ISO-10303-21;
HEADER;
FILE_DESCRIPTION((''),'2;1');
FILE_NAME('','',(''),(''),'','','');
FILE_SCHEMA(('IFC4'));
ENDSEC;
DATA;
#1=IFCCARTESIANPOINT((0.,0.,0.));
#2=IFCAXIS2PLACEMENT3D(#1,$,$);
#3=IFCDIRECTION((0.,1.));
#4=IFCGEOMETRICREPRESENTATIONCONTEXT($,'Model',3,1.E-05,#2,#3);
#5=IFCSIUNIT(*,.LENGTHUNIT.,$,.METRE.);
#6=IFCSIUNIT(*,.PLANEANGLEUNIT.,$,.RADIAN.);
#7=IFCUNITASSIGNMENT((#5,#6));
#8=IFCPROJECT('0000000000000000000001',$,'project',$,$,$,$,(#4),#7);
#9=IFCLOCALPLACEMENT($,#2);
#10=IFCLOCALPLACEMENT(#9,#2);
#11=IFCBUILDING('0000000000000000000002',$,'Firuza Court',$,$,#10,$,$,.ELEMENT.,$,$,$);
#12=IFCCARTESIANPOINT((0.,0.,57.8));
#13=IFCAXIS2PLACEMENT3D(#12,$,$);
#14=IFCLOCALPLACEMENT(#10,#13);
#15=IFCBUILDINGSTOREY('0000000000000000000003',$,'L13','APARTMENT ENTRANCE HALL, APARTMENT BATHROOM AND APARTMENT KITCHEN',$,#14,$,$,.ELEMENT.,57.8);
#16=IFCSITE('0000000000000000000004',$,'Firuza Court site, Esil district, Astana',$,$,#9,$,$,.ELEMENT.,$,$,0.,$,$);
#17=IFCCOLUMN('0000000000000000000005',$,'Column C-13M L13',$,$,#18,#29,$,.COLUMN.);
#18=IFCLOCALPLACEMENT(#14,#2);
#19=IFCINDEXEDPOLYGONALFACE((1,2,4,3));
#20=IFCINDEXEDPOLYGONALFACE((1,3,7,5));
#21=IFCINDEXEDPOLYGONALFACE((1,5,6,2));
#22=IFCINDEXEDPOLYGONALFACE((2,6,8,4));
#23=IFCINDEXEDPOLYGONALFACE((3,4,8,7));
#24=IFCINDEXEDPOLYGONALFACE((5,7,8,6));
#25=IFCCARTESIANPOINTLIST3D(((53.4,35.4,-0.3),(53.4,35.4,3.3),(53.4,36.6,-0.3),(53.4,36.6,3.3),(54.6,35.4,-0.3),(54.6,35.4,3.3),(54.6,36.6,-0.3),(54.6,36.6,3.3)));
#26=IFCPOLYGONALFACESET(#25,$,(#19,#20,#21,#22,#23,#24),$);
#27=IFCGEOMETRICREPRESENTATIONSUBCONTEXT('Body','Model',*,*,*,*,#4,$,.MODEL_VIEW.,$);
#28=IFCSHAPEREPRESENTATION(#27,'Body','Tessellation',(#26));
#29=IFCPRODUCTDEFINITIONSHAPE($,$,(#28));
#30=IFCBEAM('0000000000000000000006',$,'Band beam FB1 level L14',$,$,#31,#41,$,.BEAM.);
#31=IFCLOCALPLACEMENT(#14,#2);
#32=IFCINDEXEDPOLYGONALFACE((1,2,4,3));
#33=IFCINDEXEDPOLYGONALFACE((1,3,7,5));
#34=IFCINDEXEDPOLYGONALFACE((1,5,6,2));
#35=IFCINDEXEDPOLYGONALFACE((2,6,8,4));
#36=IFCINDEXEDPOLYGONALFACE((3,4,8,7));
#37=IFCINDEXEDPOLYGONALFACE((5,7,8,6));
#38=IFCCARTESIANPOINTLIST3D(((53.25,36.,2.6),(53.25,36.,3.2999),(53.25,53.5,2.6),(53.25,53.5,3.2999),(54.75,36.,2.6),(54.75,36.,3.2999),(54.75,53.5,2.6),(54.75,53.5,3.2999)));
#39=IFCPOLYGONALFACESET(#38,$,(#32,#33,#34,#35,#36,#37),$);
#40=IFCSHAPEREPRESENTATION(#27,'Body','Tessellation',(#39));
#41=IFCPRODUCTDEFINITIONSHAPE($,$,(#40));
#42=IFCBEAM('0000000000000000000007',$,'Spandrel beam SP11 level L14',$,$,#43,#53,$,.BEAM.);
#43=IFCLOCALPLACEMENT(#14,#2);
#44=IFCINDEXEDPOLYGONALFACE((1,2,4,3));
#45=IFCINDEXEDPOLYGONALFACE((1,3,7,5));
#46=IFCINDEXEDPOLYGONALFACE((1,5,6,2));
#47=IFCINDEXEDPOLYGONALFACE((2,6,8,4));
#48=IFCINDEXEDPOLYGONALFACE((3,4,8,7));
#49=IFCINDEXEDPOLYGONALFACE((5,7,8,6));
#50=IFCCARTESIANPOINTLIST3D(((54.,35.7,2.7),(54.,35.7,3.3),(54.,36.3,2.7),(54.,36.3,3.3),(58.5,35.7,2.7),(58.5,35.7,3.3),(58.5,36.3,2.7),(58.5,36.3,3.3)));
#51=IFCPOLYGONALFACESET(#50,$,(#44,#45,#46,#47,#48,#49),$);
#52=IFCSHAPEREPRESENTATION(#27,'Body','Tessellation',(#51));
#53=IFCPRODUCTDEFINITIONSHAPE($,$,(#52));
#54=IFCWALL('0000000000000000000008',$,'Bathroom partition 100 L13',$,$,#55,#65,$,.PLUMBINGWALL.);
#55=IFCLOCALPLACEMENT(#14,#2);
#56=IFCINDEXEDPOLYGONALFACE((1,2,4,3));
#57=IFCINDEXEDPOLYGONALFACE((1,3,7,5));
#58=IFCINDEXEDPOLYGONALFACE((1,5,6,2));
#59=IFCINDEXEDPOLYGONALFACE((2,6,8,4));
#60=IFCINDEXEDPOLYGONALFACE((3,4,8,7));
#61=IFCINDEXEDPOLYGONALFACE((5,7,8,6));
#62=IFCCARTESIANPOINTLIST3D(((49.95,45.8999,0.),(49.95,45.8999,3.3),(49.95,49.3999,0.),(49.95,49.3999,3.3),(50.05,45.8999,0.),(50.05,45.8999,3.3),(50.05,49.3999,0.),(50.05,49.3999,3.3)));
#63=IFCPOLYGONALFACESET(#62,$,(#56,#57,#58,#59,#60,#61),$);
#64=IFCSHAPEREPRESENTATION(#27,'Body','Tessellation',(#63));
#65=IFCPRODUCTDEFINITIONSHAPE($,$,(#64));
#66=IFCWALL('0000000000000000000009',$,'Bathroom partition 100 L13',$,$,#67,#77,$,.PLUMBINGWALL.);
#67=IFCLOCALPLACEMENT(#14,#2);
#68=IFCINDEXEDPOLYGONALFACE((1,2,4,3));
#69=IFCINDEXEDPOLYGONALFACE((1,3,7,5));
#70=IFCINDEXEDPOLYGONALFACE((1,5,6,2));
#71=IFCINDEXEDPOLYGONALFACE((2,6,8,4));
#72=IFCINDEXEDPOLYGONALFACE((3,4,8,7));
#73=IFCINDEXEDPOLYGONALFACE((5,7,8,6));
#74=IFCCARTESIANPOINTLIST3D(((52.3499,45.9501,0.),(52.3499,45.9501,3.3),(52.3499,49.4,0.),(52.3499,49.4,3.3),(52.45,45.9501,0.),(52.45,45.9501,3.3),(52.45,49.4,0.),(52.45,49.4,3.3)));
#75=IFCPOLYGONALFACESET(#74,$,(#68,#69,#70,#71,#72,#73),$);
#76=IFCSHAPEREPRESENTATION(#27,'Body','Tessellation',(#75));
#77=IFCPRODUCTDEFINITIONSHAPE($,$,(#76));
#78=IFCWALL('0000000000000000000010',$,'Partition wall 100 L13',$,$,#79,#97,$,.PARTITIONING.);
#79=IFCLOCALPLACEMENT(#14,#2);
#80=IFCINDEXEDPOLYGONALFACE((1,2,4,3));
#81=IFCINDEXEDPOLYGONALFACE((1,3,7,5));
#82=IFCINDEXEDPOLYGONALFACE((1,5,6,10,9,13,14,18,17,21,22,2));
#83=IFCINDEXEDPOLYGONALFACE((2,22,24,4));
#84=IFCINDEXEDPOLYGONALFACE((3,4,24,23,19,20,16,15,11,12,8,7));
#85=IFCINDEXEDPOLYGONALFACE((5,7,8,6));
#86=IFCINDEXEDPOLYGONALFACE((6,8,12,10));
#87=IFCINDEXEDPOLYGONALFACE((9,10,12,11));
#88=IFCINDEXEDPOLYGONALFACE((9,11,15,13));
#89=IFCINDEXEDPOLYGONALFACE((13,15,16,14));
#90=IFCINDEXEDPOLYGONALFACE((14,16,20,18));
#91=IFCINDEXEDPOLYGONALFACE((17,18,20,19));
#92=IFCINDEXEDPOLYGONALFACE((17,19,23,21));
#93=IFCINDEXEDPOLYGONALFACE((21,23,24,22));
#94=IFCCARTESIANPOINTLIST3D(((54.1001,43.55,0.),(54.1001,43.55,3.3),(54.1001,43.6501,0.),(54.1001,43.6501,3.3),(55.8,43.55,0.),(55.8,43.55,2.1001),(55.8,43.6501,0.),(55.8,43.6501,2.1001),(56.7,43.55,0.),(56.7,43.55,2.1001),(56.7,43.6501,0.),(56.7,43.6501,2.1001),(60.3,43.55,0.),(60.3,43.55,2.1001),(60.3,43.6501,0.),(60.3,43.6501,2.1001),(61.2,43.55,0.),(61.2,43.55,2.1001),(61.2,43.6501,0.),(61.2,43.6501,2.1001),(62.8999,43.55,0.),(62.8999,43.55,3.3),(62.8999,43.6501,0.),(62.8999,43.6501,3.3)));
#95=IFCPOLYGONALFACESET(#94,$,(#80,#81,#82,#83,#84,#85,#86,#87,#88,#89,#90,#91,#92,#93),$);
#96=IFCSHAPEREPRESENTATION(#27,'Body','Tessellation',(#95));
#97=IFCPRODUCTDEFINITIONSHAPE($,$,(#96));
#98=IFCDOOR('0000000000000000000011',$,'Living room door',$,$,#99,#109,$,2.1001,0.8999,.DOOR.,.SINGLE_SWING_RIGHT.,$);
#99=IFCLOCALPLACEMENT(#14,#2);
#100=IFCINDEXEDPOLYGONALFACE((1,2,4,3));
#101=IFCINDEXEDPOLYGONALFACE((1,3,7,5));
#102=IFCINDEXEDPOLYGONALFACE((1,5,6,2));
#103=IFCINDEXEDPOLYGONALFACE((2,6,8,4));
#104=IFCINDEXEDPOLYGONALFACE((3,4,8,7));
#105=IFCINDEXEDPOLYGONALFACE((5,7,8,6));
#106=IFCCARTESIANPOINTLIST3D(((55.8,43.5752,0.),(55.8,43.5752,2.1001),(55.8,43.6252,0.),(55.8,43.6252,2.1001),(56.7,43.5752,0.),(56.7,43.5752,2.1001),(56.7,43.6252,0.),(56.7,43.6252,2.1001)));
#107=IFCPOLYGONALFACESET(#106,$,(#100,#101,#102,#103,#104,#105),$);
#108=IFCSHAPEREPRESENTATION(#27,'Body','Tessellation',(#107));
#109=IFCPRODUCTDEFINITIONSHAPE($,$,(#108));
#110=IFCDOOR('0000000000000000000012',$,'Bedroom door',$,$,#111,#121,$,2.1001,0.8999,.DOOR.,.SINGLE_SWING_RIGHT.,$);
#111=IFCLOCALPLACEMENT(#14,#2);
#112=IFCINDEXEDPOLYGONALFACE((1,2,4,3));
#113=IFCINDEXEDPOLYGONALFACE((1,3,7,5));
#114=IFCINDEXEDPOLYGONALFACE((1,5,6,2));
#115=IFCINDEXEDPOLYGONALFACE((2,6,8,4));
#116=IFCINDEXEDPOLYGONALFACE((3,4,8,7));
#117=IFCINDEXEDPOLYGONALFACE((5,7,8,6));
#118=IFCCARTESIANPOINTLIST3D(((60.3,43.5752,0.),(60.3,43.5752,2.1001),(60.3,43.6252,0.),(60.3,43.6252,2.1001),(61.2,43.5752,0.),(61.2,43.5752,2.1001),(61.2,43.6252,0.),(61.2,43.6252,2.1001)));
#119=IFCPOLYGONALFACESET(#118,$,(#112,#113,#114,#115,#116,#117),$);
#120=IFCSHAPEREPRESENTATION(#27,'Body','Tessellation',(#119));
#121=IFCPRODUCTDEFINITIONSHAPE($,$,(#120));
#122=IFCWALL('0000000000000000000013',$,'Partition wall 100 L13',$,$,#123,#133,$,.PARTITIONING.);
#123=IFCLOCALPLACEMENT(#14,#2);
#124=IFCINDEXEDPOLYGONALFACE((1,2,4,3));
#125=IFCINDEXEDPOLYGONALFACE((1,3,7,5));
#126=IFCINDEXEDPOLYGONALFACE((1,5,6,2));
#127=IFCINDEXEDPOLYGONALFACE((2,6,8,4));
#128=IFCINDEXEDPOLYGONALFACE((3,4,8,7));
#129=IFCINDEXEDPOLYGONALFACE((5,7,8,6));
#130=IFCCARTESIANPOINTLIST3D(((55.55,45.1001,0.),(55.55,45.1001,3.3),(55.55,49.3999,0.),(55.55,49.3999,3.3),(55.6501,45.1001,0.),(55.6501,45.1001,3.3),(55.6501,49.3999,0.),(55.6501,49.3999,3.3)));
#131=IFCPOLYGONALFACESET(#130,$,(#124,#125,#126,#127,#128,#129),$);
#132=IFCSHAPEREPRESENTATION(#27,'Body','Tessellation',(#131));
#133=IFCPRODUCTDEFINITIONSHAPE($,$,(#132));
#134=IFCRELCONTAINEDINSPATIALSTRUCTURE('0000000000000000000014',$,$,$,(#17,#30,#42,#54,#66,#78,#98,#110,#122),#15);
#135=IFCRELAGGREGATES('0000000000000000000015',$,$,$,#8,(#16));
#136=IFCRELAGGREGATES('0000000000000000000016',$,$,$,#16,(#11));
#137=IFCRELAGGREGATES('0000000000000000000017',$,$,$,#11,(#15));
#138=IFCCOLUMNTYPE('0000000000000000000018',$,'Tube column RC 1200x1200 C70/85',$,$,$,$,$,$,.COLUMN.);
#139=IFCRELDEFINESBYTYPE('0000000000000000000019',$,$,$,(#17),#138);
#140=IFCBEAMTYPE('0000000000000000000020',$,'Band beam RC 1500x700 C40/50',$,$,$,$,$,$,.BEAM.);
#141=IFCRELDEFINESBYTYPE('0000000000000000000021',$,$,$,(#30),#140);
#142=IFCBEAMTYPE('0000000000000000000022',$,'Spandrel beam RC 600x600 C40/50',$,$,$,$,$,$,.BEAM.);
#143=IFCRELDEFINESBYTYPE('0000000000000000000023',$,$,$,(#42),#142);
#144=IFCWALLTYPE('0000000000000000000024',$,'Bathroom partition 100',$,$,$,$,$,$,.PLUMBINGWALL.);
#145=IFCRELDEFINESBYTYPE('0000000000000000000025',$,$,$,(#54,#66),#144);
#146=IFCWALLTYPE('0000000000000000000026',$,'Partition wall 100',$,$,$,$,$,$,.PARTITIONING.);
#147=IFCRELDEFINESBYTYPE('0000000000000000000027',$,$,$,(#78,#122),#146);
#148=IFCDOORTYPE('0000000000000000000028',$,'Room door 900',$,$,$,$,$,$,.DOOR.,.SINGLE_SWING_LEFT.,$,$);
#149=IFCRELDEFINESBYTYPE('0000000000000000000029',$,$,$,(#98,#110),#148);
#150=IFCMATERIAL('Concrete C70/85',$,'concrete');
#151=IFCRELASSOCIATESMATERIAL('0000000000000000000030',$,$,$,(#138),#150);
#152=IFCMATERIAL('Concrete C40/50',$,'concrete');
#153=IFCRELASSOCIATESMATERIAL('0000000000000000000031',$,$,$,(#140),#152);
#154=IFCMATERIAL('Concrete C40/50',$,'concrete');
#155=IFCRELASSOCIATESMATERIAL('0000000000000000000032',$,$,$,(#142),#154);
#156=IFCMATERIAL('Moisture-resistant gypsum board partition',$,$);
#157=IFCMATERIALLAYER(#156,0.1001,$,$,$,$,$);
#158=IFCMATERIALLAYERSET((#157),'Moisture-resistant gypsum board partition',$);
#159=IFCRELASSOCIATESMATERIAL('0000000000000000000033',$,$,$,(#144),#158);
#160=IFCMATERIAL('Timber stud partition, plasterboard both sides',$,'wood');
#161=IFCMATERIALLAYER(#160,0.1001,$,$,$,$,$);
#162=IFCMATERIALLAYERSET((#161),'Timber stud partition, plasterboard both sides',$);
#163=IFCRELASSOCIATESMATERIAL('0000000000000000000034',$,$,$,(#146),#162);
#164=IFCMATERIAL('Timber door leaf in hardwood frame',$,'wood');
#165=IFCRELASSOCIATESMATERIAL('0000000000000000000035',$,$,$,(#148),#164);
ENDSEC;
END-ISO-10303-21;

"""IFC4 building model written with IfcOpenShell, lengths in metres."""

from ifc_helpers import new_model, si_unit, direction, frame, frame_2d, origin, origin_2d, place, context, subcontext, project, spatial, rectangle, extrude, material, layer, layer_set, material_profile, profile_set, type_object, element, fill, save


model = new_model("IFC4")

# Units and contexts
model_context = context("Model", 3, precision=1e-05, world=origin(), true_north=direction((0.0, 1.0)))
body_context = subcontext(model_context, "Body", "Model", "MODEL_VIEW")
ifc_project = project(units=[si_unit("LENGTHUNIT", "METRE"), si_unit("PLANEANGLEUNIT", "RADIAN")], contexts=[model_context])

# Site, building, storey
site_placement = place(None, origin())
site = spatial("IfcSite", under=ifc_project, at=site_placement, Name="Firuza Court site, Esil district, Astana", CompositionType="ELEMENT", RefElevation=0.0)
building_placement = place(site_placement, origin())
building = spatial("IfcBuilding", under=site, at=building_placement, Name="Firuza Court", CompositionType="ELEMENT")
storey_placement = place(building_placement, frame((0.0, 0.0, 57.8)))
storey = spatial("IfcBuildingStorey", under=building, at=storey_placement, Name="L13", Description="APARTMENT ENTRANCE HALL, APARTMENT BATHROOM AND APARTMENT KITCHEN", CompositionType="ELEMENT", Elevation=57.8)

# Column
ifc_material_1 = material(Name="Concrete C70/85", Category="concrete")
ifc_material_profile_1 = material_profile(ifc_material_1, rectangle(XDim=1.2, YDim=1.2, at=origin_2d()), Name="RC 1200x1200")
ifc_profile_set_1 = profile_set([ifc_material_profile_1], Name="Concrete C70/85")
column_type = type_object("IfcColumnType", Name="Tube column RC 1200x1200 C70/85", PredefinedType="COLUMN", material=ifc_profile_set_1)
column_placement = place(storey_placement, frame((54.0, 36.0, -0.3), z_axis=(0.0, 0.0, 1.0), x_axis=(1.0, 0.0, 0.0)))
element("IfcColumn", 1, at=column_placement, inside=storey, type_object=column_type, Name="Column C-13M L13", PredefinedType="COLUMN", context=body_context, shape_type="SweptSolid", body=[
    extrude(rectangle(XDim=1.2, YDim=1.2, at=origin_2d()), origin(), (0.0, 0.0, 1.0), 3.6001),
])

# Beams
ifc_material_2 = material(Name="Concrete C40/50", Category="concrete")
ifc_material_profile_2 = material_profile(ifc_material_2, rectangle(XDim=1.5, YDim=0.7, at=origin_2d()), Name="RC 1500x700")
ifc_profile_set_2 = profile_set([ifc_material_profile_2], Name="Concrete C40/50")
beam_type_1 = type_object("IfcBeamType", Name="Band beam RC 1500x700 C40/50", PredefinedType="BEAM", material=ifc_profile_set_2)
beam_1_placement = place(storey_placement, frame((54.0, 36.0, 2.95), z_axis=(0.0, 1.0, 0.0), x_axis=(-1.0, 0.0, 0.0)))
element("IfcBeam", 2, at=beam_1_placement, inside=storey, type_object=beam_type_1, Name="Band beam FB1 level L14", PredefinedType="BEAM", context=body_context, shape_type="SweptSolid", body=[
    extrude(rectangle(XDim=1.5, YDim=0.7, at=origin_2d()), origin(), (0.0, 0.0, 1.0), 17.5),
])
ifc_material_3 = material(Name="Concrete C40/50", Category="concrete")
ifc_material_profile_3 = material_profile(ifc_material_3, rectangle(XDim=0.6001, YDim=0.6001, at=origin_2d()), Name="RC 600x600")
ifc_profile_set_3 = profile_set([ifc_material_profile_3], Name="Concrete C40/50")
beam_type_2 = type_object("IfcBeamType", Name="Spandrel beam RC 600x600 C40/50", PredefinedType="BEAM", material=ifc_profile_set_3)
beam_2_placement = place(storey_placement, frame((54.0, 36.0, 3.0), z_axis=(1.0, 0.0, 0.0), x_axis=(0.0, 1.0, 0.0)))
element("IfcBeam", 3, at=beam_2_placement, inside=storey, type_object=beam_type_2, Name="Spandrel beam SP11 level L14", PredefinedType="BEAM", context=body_context, shape_type="SweptSolid", body=[
    extrude(rectangle(XDim=0.6001, YDim=0.6001, at=origin_2d()), origin(), (0.0, 0.0, 1.0), 4.5),
])

# Walls
ifc_material_4 = material(Name="Moisture-resistant gypsum board partition")
ifc_layer_1 = layer(ifc_material_4, 0.1001)
ifc_layer_set_1 = layer_set([ifc_layer_1], Name="Moisture-resistant gypsum board partition")
wall_type_1 = type_object("IfcWallType", Name="Bathroom partition 100", PredefinedType="PLUMBINGWALL", material=ifc_layer_set_1)
wall_1_placement = place(storey_placement, frame((50.0, 45.8999, 0.0), z_axis=(0.0, 0.0, 1.0), x_axis=(0.0, 1.0, 0.0)))
element("IfcWall", 4, at=wall_1_placement, inside=storey, type_object=wall_type_1, Name="Bathroom partition 100 L13", PredefinedType="PLUMBINGWALL", context=body_context, shape_type="SweptSolid", body=[
    extrude(rectangle(XDim=3.5, YDim=0.1001, at=frame_2d((1.75, 0.0))), origin(), (0.0, 0.0, 1.0), 3.3),
])
wall_2_placement = place(storey_placement, frame((52.3999, 45.95, 0.0), z_axis=(0.0, 0.0, 1.0), x_axis=(0.0, 1.0, 0.0)))
element("IfcWall", 5, at=wall_2_placement, inside=storey, type_object=wall_type_1, Name="Bathroom partition 100 L13", PredefinedType="PLUMBINGWALL", context=body_context, shape_type="SweptSolid", body=[
    extrude(rectangle(XDim=3.45, YDim=0.1001, at=frame_2d((1.7251, 0.0))), origin(), (0.0, 0.0, 1.0), 3.3),
])

# Wall, openings, doors
ifc_material_5 = material(Name="Timber stud partition, plasterboard both sides", Category="wood")
ifc_layer_2 = layer(ifc_material_5, 0.1001)
ifc_layer_set_2 = layer_set([ifc_layer_2], Name="Timber stud partition, plasterboard both sides")
wall_type_2 = type_object("IfcWallType", Name="Partition wall 100", PredefinedType="PARTITIONING", material=ifc_layer_set_2)
wall_3_placement = place(storey_placement, frame((54.1001, 43.6001, 0.0), z_axis=(0.0, 0.0, 1.0), x_axis=(1.0, 0.0, 0.0)))
wall_3 = element("IfcWall", 6, at=wall_3_placement, inside=storey, type_object=wall_type_2, Name="Partition wall 100 L13", PredefinedType="PARTITIONING", context=body_context, shape_type="SweptSolid", body=[
    extrude(rectangle(XDim=8.7998, YDim=0.1001, at=frame_2d((4.3999, 0.0))), origin(), (0.0, 0.0, 1.0), 3.3),
])
opening_1_placement = place(wall_3_placement, frame((1.7, 0.0, 0.0)))
opening_1 = element("IfcOpeningElement", 7, at=opening_1_placement, cuts=wall_3, PredefinedType="OPENING", context=body_context, shape_type="SweptSolid", body=[
    extrude(rectangle(XDim=0.8999, YDim=2.1001, at=frame_2d((0.45, 1.05))), frame((0.0, 0.062, 0.0), z_axis=(0.0, -1.0, 0.0), x_axis=(1.0, 0.0, 0.0)), (0.0, 0.0, 1.0), 0.124),
])
opening_2_placement = place(wall_3_placement, frame((6.2, 0.0, 0.0)))
opening_2 = element("IfcOpeningElement", 8, at=opening_2_placement, cuts=wall_3, PredefinedType="OPENING", context=body_context, shape_type="SweptSolid", body=[
    extrude(rectangle(XDim=0.8999, YDim=2.1001, at=frame_2d((0.45, 1.05))), frame((0.0, 0.062, 0.0), z_axis=(0.0, -1.0, 0.0), x_axis=(1.0, 0.0, 0.0)), (0.0, 0.0, 1.0), 0.124),
])
ifc_material_6 = material(Name="Timber door leaf in hardwood frame", Category="wood")
door_type_1 = type_object("IfcDoorType", Name="Room door 900", OperationType="SINGLE_SWING_LEFT", PredefinedType="DOOR", material=ifc_material_6)
door_1_placement = place(opening_1_placement, frame((0.8999, 0.0, 0.0), z_axis=(0.0, 0.0, 1.0), x_axis=(-1.0, 0.0, 0.0)))
door_1 = element("IfcDoor", 9, at=door_1_placement, inside=storey, type_object=door_type_1, Name="Living room door", OperationType="SINGLE_SWING_RIGHT", OverallHeight=2.1001, OverallWidth=0.8999, PredefinedType="DOOR", context=body_context, shape_type="SweptSolid", body=[
    extrude(rectangle(XDim=0.8999, YDim=2.1001, at=frame_2d((0.45, 1.05))), frame((0.0, 0.0249, 0.0), z_axis=(0.0, -1.0, 0.0), x_axis=(1.0, 0.0, 0.0)), (0.0, 0.0, 1.0), 0.05),
])
fill(opening_1, door_1)
door_2_placement = place(opening_2_placement, frame((0.8999, 0.0, 0.0), z_axis=(0.0, 0.0, 1.0), x_axis=(-1.0, 0.0, 0.0)))
door_2 = element("IfcDoor", 10, at=door_2_placement, inside=storey, type_object=door_type_1, Name="Bedroom door", OperationType="SINGLE_SWING_RIGHT", OverallHeight=2.1001, OverallWidth=0.8999, PredefinedType="DOOR", context=body_context, shape_type="SweptSolid", body=[
    extrude(rectangle(XDim=0.8999, YDim=2.1001, at=frame_2d((0.45, 1.05))), frame((0.0, 0.0249, 0.0), z_axis=(0.0, -1.0, 0.0), x_axis=(1.0, 0.0, 0.0)), (0.0, 0.0, 1.0), 0.05),
])
fill(opening_2, door_2)

# Wall
wall_4_placement = place(storey_placement, frame((55.6001, 45.1001, 0.0), z_axis=(0.0, 0.0, 1.0), x_axis=(0.0, 1.0, 0.0)))
element("IfcWall", 11, at=wall_4_placement, inside=storey, type_object=wall_type_2, Name="Partition wall 100 L13", PredefinedType="PARTITIONING", context=body_context, shape_type="SweptSolid", body=[
    extrude(rectangle(XDim=4.2998, YDim=0.1001, at=frame_2d((2.1499, 0.0))), origin(), (0.0, 0.0, 1.0), 3.3),
])

save(model, "model.ifc")
